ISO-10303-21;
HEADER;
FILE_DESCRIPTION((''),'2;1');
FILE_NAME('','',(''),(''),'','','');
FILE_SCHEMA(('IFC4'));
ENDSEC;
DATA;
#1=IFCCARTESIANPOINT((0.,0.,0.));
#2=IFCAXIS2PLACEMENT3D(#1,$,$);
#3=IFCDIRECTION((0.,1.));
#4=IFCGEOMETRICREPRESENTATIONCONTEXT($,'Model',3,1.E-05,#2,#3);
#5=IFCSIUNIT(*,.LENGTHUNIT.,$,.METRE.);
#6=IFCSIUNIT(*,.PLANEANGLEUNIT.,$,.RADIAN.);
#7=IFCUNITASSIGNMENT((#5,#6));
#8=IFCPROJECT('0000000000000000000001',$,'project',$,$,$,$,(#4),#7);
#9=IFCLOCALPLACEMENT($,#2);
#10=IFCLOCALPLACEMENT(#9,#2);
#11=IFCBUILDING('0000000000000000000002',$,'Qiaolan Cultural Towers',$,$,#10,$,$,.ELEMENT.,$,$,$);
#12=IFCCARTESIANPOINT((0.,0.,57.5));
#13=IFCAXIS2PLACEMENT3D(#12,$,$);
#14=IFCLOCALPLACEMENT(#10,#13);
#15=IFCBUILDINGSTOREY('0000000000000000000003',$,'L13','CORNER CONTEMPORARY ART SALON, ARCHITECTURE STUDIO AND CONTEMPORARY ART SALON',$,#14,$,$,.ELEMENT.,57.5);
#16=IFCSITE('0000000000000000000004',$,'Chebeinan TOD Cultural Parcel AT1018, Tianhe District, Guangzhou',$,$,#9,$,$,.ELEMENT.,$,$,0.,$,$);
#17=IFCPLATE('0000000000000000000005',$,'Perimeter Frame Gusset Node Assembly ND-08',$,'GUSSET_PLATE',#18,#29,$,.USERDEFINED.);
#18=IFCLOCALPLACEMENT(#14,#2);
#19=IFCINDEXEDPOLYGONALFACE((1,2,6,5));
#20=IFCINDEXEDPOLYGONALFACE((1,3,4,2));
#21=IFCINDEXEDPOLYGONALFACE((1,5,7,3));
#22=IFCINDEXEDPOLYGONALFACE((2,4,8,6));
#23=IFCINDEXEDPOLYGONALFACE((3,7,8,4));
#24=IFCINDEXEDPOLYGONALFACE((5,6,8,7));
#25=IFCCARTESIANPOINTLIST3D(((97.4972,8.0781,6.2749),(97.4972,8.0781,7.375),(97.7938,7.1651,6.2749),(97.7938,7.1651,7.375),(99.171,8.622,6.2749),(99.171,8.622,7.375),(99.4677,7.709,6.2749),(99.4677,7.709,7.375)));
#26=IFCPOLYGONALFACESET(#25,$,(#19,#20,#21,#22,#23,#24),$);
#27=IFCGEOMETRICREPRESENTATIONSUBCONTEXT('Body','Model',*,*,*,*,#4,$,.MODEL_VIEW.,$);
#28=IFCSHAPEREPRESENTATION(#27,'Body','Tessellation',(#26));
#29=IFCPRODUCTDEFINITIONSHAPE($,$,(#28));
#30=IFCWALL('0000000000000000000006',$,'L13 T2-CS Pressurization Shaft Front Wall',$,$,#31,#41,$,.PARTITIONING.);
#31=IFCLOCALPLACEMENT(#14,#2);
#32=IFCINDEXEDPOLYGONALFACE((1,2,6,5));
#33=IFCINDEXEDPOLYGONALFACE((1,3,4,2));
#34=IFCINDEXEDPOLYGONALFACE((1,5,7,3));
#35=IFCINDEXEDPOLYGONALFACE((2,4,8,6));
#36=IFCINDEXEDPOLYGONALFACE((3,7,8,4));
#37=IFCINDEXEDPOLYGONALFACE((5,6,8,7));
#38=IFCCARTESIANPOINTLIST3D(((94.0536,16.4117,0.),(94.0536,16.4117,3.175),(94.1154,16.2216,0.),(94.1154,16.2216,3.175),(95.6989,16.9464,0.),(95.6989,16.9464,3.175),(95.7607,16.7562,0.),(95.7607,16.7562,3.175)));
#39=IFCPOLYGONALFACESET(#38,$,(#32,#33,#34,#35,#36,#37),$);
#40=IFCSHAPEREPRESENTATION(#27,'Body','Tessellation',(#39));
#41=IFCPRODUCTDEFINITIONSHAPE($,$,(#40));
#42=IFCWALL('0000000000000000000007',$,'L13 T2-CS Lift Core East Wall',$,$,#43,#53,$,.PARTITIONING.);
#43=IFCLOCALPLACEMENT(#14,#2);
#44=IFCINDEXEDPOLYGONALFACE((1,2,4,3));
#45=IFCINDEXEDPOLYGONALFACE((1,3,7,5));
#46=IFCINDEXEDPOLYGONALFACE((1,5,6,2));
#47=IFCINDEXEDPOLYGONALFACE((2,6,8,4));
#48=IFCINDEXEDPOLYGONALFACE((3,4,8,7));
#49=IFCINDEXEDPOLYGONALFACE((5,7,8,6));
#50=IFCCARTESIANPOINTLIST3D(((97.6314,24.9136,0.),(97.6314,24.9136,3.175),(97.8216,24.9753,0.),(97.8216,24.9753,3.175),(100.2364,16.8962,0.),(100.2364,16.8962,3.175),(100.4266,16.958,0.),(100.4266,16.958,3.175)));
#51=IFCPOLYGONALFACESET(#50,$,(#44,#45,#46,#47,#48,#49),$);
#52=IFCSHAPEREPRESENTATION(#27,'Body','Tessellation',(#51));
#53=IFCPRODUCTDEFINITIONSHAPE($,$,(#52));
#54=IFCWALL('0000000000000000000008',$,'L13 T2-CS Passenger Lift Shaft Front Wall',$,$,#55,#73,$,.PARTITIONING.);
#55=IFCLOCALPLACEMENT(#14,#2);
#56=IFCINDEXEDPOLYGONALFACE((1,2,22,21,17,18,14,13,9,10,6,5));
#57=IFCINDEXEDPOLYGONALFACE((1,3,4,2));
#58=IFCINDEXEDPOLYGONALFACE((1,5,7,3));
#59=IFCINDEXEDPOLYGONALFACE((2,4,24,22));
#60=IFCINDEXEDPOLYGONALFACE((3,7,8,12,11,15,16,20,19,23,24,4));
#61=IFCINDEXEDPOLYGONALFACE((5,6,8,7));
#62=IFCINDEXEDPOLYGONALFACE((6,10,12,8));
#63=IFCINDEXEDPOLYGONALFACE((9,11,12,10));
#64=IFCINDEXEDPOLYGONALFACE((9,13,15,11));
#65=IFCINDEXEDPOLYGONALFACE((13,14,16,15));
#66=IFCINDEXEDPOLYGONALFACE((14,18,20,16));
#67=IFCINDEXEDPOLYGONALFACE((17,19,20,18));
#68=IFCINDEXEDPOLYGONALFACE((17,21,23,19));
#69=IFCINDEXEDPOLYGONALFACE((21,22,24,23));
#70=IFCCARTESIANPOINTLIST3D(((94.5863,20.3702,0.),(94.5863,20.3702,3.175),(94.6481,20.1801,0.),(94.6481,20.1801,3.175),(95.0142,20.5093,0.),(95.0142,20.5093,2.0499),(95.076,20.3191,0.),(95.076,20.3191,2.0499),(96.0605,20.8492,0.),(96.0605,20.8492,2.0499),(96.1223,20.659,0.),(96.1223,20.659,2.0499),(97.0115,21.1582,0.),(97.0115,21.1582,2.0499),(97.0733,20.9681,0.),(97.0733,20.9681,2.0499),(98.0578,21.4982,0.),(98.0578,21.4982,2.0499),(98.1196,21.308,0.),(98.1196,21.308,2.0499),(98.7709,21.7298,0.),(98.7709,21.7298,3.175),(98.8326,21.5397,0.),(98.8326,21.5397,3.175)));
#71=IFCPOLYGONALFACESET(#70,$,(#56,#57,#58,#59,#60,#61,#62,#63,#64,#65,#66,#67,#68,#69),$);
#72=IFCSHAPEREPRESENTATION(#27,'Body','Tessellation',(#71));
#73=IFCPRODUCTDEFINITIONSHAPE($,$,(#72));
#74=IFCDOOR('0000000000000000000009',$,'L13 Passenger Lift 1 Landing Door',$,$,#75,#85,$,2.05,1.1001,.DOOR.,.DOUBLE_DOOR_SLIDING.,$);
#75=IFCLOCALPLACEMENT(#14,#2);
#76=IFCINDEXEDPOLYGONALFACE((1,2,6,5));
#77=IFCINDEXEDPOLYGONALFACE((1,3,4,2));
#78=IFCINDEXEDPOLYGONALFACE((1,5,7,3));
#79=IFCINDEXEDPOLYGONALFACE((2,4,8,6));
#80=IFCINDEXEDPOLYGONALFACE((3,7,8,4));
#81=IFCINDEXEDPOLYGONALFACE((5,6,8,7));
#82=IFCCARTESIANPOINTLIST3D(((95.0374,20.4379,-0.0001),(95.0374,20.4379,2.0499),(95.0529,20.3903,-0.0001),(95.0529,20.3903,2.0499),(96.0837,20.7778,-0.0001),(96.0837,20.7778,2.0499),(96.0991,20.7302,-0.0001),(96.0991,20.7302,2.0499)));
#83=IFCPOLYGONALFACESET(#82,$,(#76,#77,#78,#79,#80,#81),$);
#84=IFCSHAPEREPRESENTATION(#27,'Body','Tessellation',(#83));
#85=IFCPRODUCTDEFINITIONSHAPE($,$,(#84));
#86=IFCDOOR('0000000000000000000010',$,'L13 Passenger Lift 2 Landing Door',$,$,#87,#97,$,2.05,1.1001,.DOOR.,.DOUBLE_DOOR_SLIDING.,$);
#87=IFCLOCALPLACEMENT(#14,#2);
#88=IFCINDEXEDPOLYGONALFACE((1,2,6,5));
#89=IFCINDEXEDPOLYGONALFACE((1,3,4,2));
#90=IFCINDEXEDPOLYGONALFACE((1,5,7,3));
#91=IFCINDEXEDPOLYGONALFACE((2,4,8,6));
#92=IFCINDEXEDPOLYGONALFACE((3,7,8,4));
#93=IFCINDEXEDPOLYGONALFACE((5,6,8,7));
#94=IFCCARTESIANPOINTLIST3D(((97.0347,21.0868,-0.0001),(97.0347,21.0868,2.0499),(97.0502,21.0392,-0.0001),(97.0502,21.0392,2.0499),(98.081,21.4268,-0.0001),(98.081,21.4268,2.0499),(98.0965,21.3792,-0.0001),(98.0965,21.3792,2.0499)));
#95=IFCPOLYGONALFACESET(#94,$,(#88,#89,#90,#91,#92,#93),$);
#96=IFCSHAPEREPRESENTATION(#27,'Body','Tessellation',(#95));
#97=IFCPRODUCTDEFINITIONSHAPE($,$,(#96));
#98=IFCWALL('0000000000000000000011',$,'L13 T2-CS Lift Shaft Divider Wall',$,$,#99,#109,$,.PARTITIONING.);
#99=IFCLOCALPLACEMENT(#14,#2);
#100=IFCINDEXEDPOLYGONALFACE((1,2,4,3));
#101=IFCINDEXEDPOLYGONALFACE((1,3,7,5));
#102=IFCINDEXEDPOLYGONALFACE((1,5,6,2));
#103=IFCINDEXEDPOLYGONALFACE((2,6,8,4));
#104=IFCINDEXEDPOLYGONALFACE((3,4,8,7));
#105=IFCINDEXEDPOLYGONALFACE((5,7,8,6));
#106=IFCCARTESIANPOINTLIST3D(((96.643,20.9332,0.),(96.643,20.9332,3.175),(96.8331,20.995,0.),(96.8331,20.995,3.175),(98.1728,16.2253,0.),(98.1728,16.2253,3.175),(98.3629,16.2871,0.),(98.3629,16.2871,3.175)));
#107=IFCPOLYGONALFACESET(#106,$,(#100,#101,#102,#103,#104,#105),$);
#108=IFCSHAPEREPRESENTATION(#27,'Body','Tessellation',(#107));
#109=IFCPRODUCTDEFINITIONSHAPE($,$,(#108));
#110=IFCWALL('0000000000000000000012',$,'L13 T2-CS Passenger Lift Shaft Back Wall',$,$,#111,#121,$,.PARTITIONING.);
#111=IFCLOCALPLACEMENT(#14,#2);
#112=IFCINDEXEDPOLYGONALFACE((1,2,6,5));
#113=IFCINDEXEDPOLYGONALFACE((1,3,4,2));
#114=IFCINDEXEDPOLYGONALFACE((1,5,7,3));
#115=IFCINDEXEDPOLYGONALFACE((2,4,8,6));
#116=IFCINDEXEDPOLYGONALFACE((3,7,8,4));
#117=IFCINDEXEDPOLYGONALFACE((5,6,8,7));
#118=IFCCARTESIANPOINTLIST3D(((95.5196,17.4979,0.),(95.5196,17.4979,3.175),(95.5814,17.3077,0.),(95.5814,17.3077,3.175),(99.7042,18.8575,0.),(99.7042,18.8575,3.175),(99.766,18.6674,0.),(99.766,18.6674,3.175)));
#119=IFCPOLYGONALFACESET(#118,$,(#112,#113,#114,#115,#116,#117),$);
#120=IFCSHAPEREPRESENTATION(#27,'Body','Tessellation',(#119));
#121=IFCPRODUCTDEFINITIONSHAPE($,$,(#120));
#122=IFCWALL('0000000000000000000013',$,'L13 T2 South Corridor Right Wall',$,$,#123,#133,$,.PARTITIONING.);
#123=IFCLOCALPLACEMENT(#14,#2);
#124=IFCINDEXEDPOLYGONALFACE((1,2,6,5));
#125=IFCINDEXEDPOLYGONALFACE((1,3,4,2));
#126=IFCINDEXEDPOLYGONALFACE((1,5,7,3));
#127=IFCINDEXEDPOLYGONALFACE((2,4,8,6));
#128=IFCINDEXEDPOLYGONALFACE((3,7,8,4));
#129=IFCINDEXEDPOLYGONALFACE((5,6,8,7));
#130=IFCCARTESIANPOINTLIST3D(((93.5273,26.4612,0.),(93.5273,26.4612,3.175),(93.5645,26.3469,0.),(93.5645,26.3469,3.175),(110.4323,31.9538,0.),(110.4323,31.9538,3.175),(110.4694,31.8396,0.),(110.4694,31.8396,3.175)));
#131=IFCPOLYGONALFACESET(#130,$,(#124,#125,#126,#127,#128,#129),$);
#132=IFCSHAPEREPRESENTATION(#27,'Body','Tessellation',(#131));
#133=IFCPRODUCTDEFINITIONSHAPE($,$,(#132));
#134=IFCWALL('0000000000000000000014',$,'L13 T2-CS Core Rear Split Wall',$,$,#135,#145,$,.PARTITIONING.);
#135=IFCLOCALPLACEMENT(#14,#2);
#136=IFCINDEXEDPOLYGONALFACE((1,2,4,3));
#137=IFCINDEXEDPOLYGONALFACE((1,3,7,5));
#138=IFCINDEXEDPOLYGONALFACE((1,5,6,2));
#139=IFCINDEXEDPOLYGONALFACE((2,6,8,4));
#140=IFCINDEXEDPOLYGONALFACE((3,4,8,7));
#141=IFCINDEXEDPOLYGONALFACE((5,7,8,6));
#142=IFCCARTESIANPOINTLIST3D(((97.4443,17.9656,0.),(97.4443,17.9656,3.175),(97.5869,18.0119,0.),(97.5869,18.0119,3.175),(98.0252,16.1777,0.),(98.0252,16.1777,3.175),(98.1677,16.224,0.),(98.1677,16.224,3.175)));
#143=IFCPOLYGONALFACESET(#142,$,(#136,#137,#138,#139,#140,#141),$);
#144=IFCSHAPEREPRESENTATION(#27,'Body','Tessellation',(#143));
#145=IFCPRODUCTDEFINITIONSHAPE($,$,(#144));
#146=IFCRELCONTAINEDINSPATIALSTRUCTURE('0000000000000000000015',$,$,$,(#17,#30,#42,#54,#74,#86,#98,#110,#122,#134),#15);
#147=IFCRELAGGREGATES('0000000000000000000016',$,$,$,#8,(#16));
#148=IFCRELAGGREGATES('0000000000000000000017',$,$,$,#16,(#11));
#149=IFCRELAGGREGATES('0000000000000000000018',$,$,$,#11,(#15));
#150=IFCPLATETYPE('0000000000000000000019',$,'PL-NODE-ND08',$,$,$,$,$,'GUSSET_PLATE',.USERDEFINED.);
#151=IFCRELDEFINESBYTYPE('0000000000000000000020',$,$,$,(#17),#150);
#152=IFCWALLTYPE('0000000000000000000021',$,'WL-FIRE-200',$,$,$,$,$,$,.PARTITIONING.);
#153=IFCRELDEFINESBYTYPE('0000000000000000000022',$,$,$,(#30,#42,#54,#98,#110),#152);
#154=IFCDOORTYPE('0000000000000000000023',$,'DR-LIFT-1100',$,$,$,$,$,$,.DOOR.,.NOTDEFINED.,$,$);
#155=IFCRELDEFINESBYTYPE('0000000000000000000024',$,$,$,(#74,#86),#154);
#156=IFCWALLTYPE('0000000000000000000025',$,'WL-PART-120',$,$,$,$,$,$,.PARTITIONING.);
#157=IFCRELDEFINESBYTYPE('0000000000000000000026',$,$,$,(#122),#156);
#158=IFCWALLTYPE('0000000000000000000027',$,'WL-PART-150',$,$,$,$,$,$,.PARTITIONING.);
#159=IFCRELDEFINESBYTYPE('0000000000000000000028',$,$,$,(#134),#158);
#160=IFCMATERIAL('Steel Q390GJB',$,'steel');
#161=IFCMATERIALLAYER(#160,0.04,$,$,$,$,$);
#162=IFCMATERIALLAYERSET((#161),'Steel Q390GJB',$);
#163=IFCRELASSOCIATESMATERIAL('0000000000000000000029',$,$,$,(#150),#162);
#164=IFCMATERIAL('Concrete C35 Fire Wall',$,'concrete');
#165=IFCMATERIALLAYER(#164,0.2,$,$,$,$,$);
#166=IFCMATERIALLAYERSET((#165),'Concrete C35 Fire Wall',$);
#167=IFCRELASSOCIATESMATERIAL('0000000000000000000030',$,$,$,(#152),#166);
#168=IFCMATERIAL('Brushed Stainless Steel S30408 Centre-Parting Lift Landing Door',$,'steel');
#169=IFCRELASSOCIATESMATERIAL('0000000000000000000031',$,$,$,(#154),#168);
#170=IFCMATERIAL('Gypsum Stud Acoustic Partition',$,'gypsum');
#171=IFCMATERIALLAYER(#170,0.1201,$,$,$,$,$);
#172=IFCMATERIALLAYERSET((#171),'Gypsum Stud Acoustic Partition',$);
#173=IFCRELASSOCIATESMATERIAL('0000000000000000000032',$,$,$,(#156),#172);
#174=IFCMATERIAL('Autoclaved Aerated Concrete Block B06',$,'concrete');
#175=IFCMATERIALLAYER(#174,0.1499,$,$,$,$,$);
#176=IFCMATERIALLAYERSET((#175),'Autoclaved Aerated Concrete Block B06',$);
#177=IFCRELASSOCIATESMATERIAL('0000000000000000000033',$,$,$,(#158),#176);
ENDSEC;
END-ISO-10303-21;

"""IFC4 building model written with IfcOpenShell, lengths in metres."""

from ifc_helpers import new_model, si_unit, direction, frame, frame_2d, origin, origin_2d, place, context, subcontext, project, spatial, rectangle, extrude, material, layer, layer_set, type_object, element, fill, save


model = new_model("IFC4")

# Units and contexts
model_context = context("Model", 3, precision=1e-05, world=origin(), true_north=direction((0.0, 1.0)))
body_context = subcontext(model_context, "Body", "Model", "MODEL_VIEW")
ifc_project = project(units=[si_unit("LENGTHUNIT", "METRE"), si_unit("PLANEANGLEUNIT", "RADIAN")], contexts=[model_context])

# Site, building, storey
site_placement = place(None, origin())
site = spatial("IfcSite", under=ifc_project, at=site_placement, Name="Chebeinan TOD Cultural Parcel AT1018, Tianhe District, Guangzhou", CompositionType="ELEMENT", RefElevation=0.0)
building_placement = place(site_placement, origin())
building = spatial("IfcBuilding", under=site, at=building_placement, Name="Qiaolan Cultural Towers", CompositionType="ELEMENT")
storey_placement = place(building_placement, frame((0.0, 0.0, 57.5)))
storey = spatial("IfcBuildingStorey", under=building, at=storey_placement, Name="L13", Description="CORNER CONTEMPORARY ART SALON, ARCHITECTURE STUDIO AND CONTEMPORARY ART SALON", CompositionType="ELEMENT", Elevation=57.5)

# Plate
ifc_material_1 = material(Name="Steel Q390GJB", Category="steel")
ifc_layer_1 = layer(ifc_material_1, 0.04)
ifc_layer_set_1 = layer_set([ifc_layer_1], Name="Steel Q390GJB")
plate_type = type_object("IfcPlateType", Name="PL-NODE-ND08", ElementType="GUSSET_PLATE", PredefinedType="USERDEFINED", material=ifc_layer_set_1)
plate_placement = place(storey_placement, frame((98.4824, 7.8936, 6.2749), z_axis=(0.0, 0.0, 1.0), x_axis=(0.951057, 0.309017, 0.0)))
element("IfcPlate", 1, at=plate_placement, inside=storey, type_object=plate_type, Name="Perimeter Frame Gusset Node Assembly ND-08", ObjectType="GUSSET_PLATE", PredefinedType="USERDEFINED", context=body_context, shape_type="SweptSolid", body=[
    extrude(rectangle(XDim=1.76, YDim=0.96, at=origin_2d()), origin(), (0.0, 0.0, 1.0), 1.1001),
])

# Walls
ifc_material_2 = material(Name="Concrete C35 Fire Wall", Category="concrete")
ifc_layer_2 = layer(ifc_material_2, 0.2)
ifc_layer_set_2 = layer_set([ifc_layer_2], Name="Concrete C35 Fire Wall")
wall_type_1 = type_object("IfcWallType", Name="WL-FIRE-200", PredefinedType="PARTITIONING", material=ifc_layer_set_2)
wall_1_placement = place(storey_placement, frame((94.0845, 16.3167, 0.0), z_axis=(0.0, 0.0, 1.0), x_axis=(0.951041, 0.309064, 0.0)))
element("IfcWall", 2, at=wall_1_placement, inside=storey, type_object=wall_type_1, Name="L13 T2-CS Pressurization Shaft Front Wall", PredefinedType="PARTITIONING", context=body_context, shape_type="SweptSolid", body=[
    extrude(rectangle(XDim=1.73, YDim=0.2, at=frame_2d((0.865, 0.0))), origin(), (0.0, 0.0, 1.0), 3.175),
])
wall_2_placement = place(storey_placement, frame((97.7266, 24.9443, 0.0), z_axis=(0.0, 0.0, 1.0), x_axis=(0.309016, -0.951057, 0.0)))
element("IfcWall", 3, at=wall_2_placement, inside=storey, type_object=wall_type_1, Name="L13 T2-CS Lift Core East Wall", PredefinedType="PARTITIONING", context=body_context, shape_type="SweptSolid", body=[
    extrude(rectangle(XDim=8.4299, YDim=0.2, at=frame_2d((4.2148, 0.0))), origin(), (0.0, 0.0, 1.0), 3.175),
])

# Wall, openings, doors
wall_3_placement = place(storey_placement, frame((94.6172, 20.2751, 0.0), z_axis=(0.0, 0.0, 1.0), x_axis=(0.951059, 0.309011, 0.0)))
wall_3 = element("IfcWall", 4, at=wall_3_placement, inside=storey, type_object=wall_type_1, Name="L13 T2-CS Passenger Lift Shaft Front Wall", PredefinedType="PARTITIONING", context=body_context, shape_type="SweptSolid", body=[
    extrude(rectangle(XDim=4.3999, YDim=0.2, at=frame_2d((2.2, 0.0))), origin(), (0.0, 0.0, 1.0), 3.175),
])
opening_1_placement = place(wall_3_placement, frame((0.45, 0.0, 0.0)))
opening_1 = element("IfcOpeningElement", 5, at=opening_1_placement, cuts=wall_3, PredefinedType="OPENING", context=body_context, shape_type="SweptSolid", body=[
    extrude(rectangle(XDim=1.1001, YDim=2.05, at=frame_2d((0.55, 1.0249))), frame((0.0, 0.1099, 0.0), z_axis=(0.0, -1.0, 0.0), x_axis=(1.0, 0.0, 0.0)), (0.0, 0.0, 1.0), 0.22),
])
opening_2_placement = place(wall_3_placement, frame((2.55, 0.0, 0.0)))
opening_2 = element("IfcOpeningElement", 6, at=opening_2_placement, cuts=wall_3, PredefinedType="OPENING", context=body_context, shape_type="SweptSolid", body=[
    extrude(rectangle(XDim=1.1001, YDim=2.05, at=frame_2d((0.55, 1.0249))), frame((0.0, 0.1099, 0.0), z_axis=(0.0, -1.0, 0.0), x_axis=(1.0, 0.0, 0.0)), (0.0, 0.0, 1.0), 0.22),
])
ifc_material_3 = material(Name="Brushed Stainless Steel S30408 Centre-Parting Lift Landing Door", Category="steel")
door_type_1 = type_object("IfcDoorType", Name="DR-LIFT-1100", OperationType="NOTDEFINED", PredefinedType="DOOR", material=ifc_material_3)
door_1_placement = place(opening_1_placement, origin())
door_1 = element("IfcDoor", 7, at=door_1_placement, inside=storey, type_object=door_type_1, Name="L13 Passenger Lift 1 Landing Door", OperationType="DOUBLE_DOOR_SLIDING", OverallHeight=2.05, OverallWidth=1.1001, PredefinedType="DOOR", context=body_context, shape_type="SweptSolid", body=[
    extrude(rectangle(XDim=1.1001, YDim=2.05, at=frame_2d((0.55, 1.0249))), frame((0.0, 0.0249, 0.0), z_axis=(0.0, -1.0, 0.0), x_axis=(1.0, 0.0, 0.0)), (0.0, 0.0, 1.0), 0.05),
])
fill(opening_1, door_1)
door_2_placement = place(opening_2_placement, origin())
door_2 = element("IfcDoor", 8, at=door_2_placement, inside=storey, type_object=door_type_1, Name="L13 Passenger Lift 2 Landing Door", OperationType="DOUBLE_DOOR_SLIDING", OverallHeight=2.05, OverallWidth=1.1001, PredefinedType="DOOR", context=body_context, shape_type="SweptSolid", body=[
    extrude(rectangle(XDim=1.1001, YDim=2.05, at=frame_2d((0.55, 1.0249))), frame((0.0, 0.0249, 0.0), z_axis=(0.0, -1.0, 0.0), x_axis=(1.0, 0.0, 0.0)), (0.0, 0.0, 1.0), 0.05),
])
fill(opening_2, door_2)

# Walls
wall_4_placement = place(storey_placement, frame((96.738, 20.9641, 0.0), z_axis=(0.0, 0.0, 1.0), x_axis=(0.309043, -0.951048, 0.0)))
element("IfcWall", 9, at=wall_4_placement, inside=storey, type_object=wall_type_1, Name="L13 T2-CS Lift Shaft Divider Wall", PredefinedType="PARTITIONING", context=body_context, shape_type="SweptSolid", body=[
    extrude(rectangle(XDim=4.9502, YDim=0.2, at=frame_2d((2.4751, 0.0))), origin(), (0.0, 0.0, 1.0), 3.175),
])
wall_5_placement = place(storey_placement, frame((95.5505, 17.4028, 0.0), z_axis=(0.0, 0.0, 1.0), x_axis=(0.951059, 0.309011, 0.0)))
element("IfcWall", 10, at=wall_5_placement, inside=storey, type_object=wall_type_1, Name="L13 T2-CS Passenger Lift Shaft Back Wall", PredefinedType="PARTITIONING", context=body_context, shape_type="SweptSolid", body=[
    extrude(rectangle(XDim=4.3999, YDim=0.2, at=frame_2d((2.2, 0.0))), origin(), (0.0, 0.0, 1.0), 3.175),
])
ifc_material_4 = material(Name="Gypsum Stud Acoustic Partition", Category="gypsum")
ifc_layer_3 = layer(ifc_material_4, 0.1201)
ifc_layer_set_3 = layer_set([ifc_layer_3], Name="Gypsum Stud Acoustic Partition")
wall_type_2 = type_object("IfcWallType", Name="WL-PART-120", PredefinedType="PARTITIONING", material=ifc_layer_set_3)
wall_6_placement = place(storey_placement, frame((93.5459, 26.4041, 0.0), z_axis=(0.0, 0.0, 1.0), x_axis=(0.951058, 0.309012, 0.0)))
element("IfcWall", 11, at=wall_6_placement, inside=storey, type_object=wall_type_2, Name="L13 T2 South Corridor Right Wall", PredefinedType="PARTITIONING", context=body_context, shape_type="SweptSolid", body=[
    extrude(rectangle(XDim=17.7749, YDim=0.1201, at=frame_2d((8.8875, 0.0))), origin(), (0.0, 0.0, 1.0), 3.175),
])
ifc_material_5 = material(Name="Autoclaved Aerated Concrete Block B06", Category="concrete")
ifc_layer_4 = layer(ifc_material_5, 0.1499)
ifc_layer_set_4 = layer_set([ifc_layer_4], Name="Autoclaved Aerated Concrete Block B06")
wall_type_3 = type_object("IfcWallType", Name="WL-PART-150", PredefinedType="PARTITIONING", material=ifc_layer_set_4)
wall_7_placement = place(storey_placement, frame((97.5156, 17.9888, 0.0), z_axis=(0.0, 0.0, 1.0), x_axis=(0.308972, -0.951071, 0.0)))
element("IfcWall", 12, at=wall_7_placement, inside=storey, type_object=wall_type_3, Name="L13 T2-CS Core Rear Split Wall", PredefinedType="PARTITIONING", context=body_context, shape_type="SweptSolid", body=[
    extrude(rectangle(XDim=1.8799, YDim=0.1499, at=frame_2d((0.9399, 0.0))), origin(), (0.0, 0.0, 1.0), 3.175),
])

save(model, "model.ifc")
